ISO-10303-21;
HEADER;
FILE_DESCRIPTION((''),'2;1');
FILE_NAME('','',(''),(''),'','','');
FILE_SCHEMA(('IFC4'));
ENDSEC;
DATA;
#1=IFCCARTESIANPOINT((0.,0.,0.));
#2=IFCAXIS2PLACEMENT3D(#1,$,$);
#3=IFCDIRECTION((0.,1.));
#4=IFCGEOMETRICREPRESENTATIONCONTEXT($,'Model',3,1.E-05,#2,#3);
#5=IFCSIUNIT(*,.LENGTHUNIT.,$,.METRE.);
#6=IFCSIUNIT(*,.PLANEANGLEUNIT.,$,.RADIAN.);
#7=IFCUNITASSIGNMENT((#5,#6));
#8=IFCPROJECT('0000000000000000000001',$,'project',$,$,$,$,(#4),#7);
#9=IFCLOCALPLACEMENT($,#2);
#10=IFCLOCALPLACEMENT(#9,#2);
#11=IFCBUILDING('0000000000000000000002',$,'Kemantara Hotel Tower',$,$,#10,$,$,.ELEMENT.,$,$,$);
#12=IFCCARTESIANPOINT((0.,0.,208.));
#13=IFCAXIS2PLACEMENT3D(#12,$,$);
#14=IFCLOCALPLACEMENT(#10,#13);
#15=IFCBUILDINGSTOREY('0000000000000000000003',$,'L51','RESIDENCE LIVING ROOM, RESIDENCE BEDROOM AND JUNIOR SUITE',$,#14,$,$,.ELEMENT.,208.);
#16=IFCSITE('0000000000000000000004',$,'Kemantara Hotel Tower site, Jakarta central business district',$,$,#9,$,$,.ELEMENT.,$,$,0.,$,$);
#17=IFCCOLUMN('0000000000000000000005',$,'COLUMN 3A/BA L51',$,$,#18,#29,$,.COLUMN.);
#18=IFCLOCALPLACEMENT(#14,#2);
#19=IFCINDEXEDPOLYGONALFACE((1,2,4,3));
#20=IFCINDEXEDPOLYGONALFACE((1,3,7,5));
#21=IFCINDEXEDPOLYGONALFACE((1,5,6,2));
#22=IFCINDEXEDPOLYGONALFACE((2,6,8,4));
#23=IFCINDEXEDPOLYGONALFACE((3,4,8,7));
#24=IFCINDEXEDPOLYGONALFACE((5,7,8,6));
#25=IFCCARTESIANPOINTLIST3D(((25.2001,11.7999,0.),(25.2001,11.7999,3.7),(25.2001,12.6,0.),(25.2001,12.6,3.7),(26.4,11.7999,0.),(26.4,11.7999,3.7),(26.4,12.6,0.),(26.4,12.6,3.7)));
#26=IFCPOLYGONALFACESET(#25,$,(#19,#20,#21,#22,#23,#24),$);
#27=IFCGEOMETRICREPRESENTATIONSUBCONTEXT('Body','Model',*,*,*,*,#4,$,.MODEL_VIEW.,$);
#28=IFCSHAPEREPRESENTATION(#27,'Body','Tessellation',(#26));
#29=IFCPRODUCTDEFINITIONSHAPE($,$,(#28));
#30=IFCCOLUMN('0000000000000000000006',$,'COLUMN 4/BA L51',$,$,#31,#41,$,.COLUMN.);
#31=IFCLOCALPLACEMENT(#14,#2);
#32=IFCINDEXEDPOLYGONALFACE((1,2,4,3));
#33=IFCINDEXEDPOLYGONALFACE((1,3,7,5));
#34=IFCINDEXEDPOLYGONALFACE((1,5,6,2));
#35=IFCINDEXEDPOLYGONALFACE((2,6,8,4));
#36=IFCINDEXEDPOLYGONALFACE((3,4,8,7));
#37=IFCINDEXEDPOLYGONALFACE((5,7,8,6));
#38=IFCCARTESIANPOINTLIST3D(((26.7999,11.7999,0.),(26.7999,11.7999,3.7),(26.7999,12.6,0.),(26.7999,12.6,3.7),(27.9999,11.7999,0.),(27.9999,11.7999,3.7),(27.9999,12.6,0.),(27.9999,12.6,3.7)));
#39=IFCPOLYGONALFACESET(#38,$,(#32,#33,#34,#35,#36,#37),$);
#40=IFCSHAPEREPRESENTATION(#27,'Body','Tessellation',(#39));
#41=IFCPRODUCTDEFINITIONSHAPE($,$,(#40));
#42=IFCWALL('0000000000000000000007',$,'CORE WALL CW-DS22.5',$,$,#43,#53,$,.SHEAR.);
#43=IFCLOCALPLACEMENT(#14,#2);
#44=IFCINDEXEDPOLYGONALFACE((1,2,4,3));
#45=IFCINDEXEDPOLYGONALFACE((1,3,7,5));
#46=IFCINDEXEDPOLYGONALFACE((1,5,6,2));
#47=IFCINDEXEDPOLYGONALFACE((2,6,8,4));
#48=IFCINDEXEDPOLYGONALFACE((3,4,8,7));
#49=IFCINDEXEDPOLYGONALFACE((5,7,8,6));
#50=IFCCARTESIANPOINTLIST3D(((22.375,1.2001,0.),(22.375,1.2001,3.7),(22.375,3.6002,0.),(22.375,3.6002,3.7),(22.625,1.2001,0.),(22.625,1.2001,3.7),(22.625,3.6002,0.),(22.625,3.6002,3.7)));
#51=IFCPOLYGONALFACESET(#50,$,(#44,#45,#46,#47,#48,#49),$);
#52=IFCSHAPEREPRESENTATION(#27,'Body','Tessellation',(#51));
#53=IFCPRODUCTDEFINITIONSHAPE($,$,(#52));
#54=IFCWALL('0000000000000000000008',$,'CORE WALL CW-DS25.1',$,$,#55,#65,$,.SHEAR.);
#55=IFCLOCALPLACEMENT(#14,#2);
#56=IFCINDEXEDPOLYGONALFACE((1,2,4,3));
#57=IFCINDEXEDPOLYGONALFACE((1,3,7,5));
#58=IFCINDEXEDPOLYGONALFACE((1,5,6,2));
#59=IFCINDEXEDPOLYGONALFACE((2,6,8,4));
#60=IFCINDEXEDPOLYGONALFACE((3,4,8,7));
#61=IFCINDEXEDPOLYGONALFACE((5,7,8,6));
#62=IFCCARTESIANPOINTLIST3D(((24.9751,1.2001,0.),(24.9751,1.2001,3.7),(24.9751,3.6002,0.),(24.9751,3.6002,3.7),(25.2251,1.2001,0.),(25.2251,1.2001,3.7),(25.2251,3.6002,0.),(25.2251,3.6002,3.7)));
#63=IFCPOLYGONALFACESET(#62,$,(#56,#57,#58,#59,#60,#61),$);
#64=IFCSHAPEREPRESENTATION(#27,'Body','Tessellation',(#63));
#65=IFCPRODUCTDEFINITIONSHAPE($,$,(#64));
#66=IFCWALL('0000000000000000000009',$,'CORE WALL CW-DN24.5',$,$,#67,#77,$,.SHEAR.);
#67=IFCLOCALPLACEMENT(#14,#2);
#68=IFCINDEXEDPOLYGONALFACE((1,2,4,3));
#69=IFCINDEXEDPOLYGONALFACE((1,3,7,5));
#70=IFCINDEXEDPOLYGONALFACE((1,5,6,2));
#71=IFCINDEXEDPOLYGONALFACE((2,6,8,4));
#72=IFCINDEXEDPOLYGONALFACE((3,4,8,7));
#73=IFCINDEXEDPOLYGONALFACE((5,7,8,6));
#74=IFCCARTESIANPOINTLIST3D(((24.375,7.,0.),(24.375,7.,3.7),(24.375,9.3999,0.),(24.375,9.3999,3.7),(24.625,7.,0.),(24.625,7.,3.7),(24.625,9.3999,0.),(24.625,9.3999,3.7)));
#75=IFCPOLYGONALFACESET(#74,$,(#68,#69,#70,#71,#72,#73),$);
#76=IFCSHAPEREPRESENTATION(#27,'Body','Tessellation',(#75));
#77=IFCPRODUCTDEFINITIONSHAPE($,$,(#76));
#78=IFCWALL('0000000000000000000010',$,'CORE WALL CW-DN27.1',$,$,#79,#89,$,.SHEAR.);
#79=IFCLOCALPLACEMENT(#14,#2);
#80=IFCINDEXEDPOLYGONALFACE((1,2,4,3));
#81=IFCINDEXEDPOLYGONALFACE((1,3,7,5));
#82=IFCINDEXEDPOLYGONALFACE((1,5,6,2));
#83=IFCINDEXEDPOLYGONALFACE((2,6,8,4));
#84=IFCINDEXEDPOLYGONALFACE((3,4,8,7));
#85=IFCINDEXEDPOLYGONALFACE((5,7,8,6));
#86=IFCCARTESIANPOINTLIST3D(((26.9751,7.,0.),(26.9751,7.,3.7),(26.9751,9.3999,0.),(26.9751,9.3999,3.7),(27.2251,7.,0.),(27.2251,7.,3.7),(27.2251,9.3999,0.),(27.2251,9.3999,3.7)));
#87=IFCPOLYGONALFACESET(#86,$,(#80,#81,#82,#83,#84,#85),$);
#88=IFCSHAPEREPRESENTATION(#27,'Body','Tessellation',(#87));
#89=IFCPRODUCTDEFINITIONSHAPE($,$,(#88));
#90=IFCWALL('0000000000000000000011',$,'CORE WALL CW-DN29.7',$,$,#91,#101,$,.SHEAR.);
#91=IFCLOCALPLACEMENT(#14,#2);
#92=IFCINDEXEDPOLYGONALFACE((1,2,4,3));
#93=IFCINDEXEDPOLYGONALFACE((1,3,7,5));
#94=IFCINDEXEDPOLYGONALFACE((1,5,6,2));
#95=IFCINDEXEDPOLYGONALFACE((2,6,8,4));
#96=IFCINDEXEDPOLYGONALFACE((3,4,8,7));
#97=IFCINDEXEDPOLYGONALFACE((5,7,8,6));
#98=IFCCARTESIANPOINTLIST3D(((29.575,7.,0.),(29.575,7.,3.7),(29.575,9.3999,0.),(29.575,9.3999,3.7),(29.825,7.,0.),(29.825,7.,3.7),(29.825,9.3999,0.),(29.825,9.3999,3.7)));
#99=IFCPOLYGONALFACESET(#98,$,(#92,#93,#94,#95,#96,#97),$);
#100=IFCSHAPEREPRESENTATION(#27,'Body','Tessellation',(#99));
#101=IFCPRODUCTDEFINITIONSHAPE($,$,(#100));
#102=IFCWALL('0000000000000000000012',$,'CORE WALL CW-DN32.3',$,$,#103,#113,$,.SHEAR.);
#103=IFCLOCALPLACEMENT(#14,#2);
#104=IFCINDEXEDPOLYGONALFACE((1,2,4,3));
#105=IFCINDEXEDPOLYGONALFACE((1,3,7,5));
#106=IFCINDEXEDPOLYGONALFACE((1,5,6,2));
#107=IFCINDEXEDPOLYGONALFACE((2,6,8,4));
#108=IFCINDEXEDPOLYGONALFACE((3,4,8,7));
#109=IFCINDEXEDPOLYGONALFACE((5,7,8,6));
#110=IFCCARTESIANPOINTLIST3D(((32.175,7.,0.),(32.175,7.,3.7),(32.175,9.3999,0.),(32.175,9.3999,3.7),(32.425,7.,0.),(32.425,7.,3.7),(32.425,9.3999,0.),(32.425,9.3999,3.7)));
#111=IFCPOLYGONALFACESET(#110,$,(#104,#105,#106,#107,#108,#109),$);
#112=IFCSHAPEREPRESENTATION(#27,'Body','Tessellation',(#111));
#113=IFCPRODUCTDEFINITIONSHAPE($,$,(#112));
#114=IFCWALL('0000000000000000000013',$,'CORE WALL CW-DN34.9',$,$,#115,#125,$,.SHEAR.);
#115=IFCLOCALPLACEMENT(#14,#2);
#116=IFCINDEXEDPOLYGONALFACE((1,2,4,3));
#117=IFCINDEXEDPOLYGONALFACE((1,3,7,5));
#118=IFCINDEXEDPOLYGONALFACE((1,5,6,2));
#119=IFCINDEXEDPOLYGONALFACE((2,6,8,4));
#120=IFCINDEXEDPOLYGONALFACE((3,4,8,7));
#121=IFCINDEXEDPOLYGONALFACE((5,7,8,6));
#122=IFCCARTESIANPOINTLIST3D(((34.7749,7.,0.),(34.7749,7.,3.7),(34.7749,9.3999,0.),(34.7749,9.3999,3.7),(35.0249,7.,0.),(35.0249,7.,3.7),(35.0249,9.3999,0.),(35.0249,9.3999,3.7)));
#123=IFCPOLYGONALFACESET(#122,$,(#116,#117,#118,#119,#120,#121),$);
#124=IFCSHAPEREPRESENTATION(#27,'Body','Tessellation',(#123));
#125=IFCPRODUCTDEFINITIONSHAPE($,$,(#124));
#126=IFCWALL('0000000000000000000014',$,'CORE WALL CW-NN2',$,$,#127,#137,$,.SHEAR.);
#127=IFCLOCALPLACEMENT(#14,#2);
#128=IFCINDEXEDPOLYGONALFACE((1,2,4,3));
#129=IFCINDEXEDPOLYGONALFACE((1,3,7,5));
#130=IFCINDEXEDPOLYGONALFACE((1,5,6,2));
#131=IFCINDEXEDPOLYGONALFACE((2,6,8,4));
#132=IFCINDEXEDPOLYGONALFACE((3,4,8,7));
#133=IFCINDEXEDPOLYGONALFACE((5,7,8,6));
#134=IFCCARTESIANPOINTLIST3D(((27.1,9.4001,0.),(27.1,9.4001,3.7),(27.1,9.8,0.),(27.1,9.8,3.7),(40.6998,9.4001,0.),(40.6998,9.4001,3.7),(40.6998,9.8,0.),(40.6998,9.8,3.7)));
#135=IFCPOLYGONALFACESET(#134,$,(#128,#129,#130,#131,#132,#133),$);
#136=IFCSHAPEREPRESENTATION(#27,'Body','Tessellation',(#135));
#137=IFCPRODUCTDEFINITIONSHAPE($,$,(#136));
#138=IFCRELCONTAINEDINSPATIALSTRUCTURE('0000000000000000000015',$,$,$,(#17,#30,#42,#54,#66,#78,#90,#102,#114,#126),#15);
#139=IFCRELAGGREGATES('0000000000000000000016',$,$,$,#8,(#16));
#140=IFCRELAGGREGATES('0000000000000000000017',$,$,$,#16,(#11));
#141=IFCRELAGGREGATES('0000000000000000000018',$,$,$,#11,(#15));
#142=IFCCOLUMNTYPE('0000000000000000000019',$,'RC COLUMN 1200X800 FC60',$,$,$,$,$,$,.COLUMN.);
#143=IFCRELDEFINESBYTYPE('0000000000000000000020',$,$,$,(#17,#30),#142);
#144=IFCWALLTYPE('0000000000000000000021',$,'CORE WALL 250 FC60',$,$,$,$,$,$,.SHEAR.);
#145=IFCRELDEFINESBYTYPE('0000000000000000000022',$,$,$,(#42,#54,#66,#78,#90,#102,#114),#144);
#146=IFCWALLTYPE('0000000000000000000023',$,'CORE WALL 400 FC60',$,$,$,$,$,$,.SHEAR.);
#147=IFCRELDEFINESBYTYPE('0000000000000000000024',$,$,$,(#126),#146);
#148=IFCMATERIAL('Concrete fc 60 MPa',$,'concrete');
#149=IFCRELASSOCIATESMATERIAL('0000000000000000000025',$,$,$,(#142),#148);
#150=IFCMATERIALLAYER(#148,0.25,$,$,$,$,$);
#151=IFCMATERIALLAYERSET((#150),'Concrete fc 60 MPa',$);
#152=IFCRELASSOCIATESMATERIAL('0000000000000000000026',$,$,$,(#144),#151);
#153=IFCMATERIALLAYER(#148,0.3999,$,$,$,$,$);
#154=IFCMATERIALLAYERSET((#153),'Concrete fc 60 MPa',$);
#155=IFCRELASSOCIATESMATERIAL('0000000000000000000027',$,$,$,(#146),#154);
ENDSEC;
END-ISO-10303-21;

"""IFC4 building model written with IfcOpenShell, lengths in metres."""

from ifc_helpers import new_model, si_unit, direction, frame, frame_2d, origin, origin_2d, place, context, subcontext, project, spatial, rectangle, extrude, material, layer, layer_set, material_profile, profile_set, type_object, element, save


model = new_model("IFC4")

# Units and contexts
model_context = context("Model", 3, precision=1e-05, world=origin(), true_north=direction((0.0, 1.0)))
body_context = subcontext(model_context, "Body", "Model", "MODEL_VIEW")
ifc_project = project(units=[si_unit("LENGTHUNIT", "METRE"), si_unit("PLANEANGLEUNIT", "RADIAN")], contexts=[model_context])

# Site, building, storey
site_placement = place(None, origin())
site = spatial("IfcSite", under=ifc_project, at=site_placement, Name="Kemantara Hotel Tower site, Jakarta central business district", CompositionType="ELEMENT", RefElevation=0.0)
building_placement = place(site_placement, origin())
building = spatial("IfcBuilding", under=site, at=building_placement, Name="Kemantara Hotel Tower", CompositionType="ELEMENT")
storey_placement = place(building_placement, frame((0.0, 0.0, 208.0)))
storey = spatial("IfcBuildingStorey", under=building, at=storey_placement, Name="L51", Description="RESIDENCE LIVING ROOM, RESIDENCE BEDROOM AND JUNIOR SUITE", CompositionType="ELEMENT", Elevation=208.0)

# Columns
ifc_material_1 = material(Name="Concrete fc 60 MPa", Category="concrete")
ifc_material_profile = material_profile(ifc_material_1, rectangle(XDim=1.2, YDim=0.8, at=origin_2d()), Name="RC 1200X800")
ifc_profile_set = profile_set([ifc_material_profile], Name="Concrete fc 60 MPa")
column_type = type_object("IfcColumnType", Name="RC COLUMN 1200X800 FC60", PredefinedType="COLUMN", material=ifc_profile_set)
for number, where, z_axis, x_axis, name in (
    (1, (25.8, 12.2, 0.0), (0.0, 0.0, 1.0), (1.0, 0.0, 0.0), "COLUMN 3A/BA L51"),
    (2, (27.3999, 12.2, 0.0), (0.0, 0.0, 1.0), (1.0, 0.0, 0.0), "COLUMN 4/BA L51"),
):
    element("IfcColumn", number, at=place(storey_placement, frame(where, z_axis=z_axis, x_axis=x_axis)), inside=storey, type_object=column_type, Name=name, PredefinedType="COLUMN", context=body_context, shape_type="SweptSolid", body=[
        extrude(rectangle(XDim=1.2, YDim=0.8, at=origin_2d()), origin(), (0.0, 0.0, 1.0), 3.7),
    ])

# Walls
ifc_layer_1 = layer(ifc_material_1, 0.25)
ifc_layer_set_1 = layer_set([ifc_layer_1], Name="Concrete fc 60 MPa")
wall_type_1 = type_object("IfcWallType", Name="CORE WALL 250 FC60", PredefinedType="SHEAR", material=ifc_layer_set_1)
for number, where, z_axis, x_axis, name in (
    (3, (22.5, 1.2, 0.0), (0.0, 0.0, 1.0), (0.0, 1.0, 0.0), "CORE WALL CW-DS22.5"),
    (4, (25.1001, 1.2, 0.0), (0.0, 0.0, 1.0), (0.0, 1.0, 0.0), "CORE WALL CW-DS25.1"),
):
    element("IfcWall", number, at=place(storey_placement, frame(where, z_axis=z_axis, x_axis=x_axis)), inside=storey, type_object=wall_type_1, Name=name, PredefinedType="SHEAR", context=body_context, shape_type="SweptSolid", body=[
        extrude(rectangle(XDim=2.4001, YDim=0.25, at=frame_2d((1.2002, 0.0))), origin(), (0.0, 0.0, 1.0), 3.7),
    ])
for number, where, z_axis, x_axis, name in (
    (5, (24.5, 7.0, 0.0), (0.0, 0.0, 1.0), (0.0, 1.0, 0.0), "CORE WALL CW-DN24.5"),
    (6, (27.1001, 7.0, 0.0), (0.0, 0.0, 1.0), (0.0, 1.0, 0.0), "CORE WALL CW-DN27.1"),
    (7, (29.7, 7.0, 0.0), (0.0, 0.0, 1.0), (0.0, 1.0, 0.0), "CORE WALL CW-DN29.7"),
    (8, (32.3, 7.0, 0.0), (0.0, 0.0, 1.0), (0.0, 1.0, 0.0), "CORE WALL CW-DN32.3"),
    (9, (34.8999, 7.0, 0.0), (0.0, 0.0, 1.0), (0.0, 1.0, 0.0), "CORE WALL CW-DN34.9"),
):
    element("IfcWall", number, at=place(storey_placement, frame(where, z_axis=z_axis, x_axis=x_axis)), inside=storey, type_object=wall_type_1, Name=name, PredefinedType="SHEAR", context=body_context, shape_type="SweptSolid", body=[
        extrude(rectangle(XDim=2.3999, YDim=0.25, at=frame_2d((1.2, 0.0))), origin(), (0.0, 0.0, 1.0), 3.7),
    ])
ifc_layer_2 = layer(ifc_material_1, 0.3999)
ifc_layer_set_2 = layer_set([ifc_layer_2], Name="Concrete fc 60 MPa")
wall_type_2 = type_object("IfcWallType", Name="CORE WALL 400 FC60", PredefinedType="SHEAR", material=ifc_layer_set_2)
wall_1_placement = place(storey_placement, frame((27.1001, 9.6001, 0.0), z_axis=(0.0, 0.0, 1.0), x_axis=(1.0, 0.0, 0.0)))
element("IfcWall", 10, at=wall_1_placement, inside=storey, type_object=wall_type_2, Name="CORE WALL CW-NN2", PredefinedType="SHEAR", context=body_context, shape_type="SweptSolid", body=[
    extrude(rectangle(XDim=13.5999, YDim=0.3999, at=frame_2d((6.7998, 0.0))), origin(), (0.0, 0.0, 1.0), 3.7),
])

save(model, "model.ifc")
